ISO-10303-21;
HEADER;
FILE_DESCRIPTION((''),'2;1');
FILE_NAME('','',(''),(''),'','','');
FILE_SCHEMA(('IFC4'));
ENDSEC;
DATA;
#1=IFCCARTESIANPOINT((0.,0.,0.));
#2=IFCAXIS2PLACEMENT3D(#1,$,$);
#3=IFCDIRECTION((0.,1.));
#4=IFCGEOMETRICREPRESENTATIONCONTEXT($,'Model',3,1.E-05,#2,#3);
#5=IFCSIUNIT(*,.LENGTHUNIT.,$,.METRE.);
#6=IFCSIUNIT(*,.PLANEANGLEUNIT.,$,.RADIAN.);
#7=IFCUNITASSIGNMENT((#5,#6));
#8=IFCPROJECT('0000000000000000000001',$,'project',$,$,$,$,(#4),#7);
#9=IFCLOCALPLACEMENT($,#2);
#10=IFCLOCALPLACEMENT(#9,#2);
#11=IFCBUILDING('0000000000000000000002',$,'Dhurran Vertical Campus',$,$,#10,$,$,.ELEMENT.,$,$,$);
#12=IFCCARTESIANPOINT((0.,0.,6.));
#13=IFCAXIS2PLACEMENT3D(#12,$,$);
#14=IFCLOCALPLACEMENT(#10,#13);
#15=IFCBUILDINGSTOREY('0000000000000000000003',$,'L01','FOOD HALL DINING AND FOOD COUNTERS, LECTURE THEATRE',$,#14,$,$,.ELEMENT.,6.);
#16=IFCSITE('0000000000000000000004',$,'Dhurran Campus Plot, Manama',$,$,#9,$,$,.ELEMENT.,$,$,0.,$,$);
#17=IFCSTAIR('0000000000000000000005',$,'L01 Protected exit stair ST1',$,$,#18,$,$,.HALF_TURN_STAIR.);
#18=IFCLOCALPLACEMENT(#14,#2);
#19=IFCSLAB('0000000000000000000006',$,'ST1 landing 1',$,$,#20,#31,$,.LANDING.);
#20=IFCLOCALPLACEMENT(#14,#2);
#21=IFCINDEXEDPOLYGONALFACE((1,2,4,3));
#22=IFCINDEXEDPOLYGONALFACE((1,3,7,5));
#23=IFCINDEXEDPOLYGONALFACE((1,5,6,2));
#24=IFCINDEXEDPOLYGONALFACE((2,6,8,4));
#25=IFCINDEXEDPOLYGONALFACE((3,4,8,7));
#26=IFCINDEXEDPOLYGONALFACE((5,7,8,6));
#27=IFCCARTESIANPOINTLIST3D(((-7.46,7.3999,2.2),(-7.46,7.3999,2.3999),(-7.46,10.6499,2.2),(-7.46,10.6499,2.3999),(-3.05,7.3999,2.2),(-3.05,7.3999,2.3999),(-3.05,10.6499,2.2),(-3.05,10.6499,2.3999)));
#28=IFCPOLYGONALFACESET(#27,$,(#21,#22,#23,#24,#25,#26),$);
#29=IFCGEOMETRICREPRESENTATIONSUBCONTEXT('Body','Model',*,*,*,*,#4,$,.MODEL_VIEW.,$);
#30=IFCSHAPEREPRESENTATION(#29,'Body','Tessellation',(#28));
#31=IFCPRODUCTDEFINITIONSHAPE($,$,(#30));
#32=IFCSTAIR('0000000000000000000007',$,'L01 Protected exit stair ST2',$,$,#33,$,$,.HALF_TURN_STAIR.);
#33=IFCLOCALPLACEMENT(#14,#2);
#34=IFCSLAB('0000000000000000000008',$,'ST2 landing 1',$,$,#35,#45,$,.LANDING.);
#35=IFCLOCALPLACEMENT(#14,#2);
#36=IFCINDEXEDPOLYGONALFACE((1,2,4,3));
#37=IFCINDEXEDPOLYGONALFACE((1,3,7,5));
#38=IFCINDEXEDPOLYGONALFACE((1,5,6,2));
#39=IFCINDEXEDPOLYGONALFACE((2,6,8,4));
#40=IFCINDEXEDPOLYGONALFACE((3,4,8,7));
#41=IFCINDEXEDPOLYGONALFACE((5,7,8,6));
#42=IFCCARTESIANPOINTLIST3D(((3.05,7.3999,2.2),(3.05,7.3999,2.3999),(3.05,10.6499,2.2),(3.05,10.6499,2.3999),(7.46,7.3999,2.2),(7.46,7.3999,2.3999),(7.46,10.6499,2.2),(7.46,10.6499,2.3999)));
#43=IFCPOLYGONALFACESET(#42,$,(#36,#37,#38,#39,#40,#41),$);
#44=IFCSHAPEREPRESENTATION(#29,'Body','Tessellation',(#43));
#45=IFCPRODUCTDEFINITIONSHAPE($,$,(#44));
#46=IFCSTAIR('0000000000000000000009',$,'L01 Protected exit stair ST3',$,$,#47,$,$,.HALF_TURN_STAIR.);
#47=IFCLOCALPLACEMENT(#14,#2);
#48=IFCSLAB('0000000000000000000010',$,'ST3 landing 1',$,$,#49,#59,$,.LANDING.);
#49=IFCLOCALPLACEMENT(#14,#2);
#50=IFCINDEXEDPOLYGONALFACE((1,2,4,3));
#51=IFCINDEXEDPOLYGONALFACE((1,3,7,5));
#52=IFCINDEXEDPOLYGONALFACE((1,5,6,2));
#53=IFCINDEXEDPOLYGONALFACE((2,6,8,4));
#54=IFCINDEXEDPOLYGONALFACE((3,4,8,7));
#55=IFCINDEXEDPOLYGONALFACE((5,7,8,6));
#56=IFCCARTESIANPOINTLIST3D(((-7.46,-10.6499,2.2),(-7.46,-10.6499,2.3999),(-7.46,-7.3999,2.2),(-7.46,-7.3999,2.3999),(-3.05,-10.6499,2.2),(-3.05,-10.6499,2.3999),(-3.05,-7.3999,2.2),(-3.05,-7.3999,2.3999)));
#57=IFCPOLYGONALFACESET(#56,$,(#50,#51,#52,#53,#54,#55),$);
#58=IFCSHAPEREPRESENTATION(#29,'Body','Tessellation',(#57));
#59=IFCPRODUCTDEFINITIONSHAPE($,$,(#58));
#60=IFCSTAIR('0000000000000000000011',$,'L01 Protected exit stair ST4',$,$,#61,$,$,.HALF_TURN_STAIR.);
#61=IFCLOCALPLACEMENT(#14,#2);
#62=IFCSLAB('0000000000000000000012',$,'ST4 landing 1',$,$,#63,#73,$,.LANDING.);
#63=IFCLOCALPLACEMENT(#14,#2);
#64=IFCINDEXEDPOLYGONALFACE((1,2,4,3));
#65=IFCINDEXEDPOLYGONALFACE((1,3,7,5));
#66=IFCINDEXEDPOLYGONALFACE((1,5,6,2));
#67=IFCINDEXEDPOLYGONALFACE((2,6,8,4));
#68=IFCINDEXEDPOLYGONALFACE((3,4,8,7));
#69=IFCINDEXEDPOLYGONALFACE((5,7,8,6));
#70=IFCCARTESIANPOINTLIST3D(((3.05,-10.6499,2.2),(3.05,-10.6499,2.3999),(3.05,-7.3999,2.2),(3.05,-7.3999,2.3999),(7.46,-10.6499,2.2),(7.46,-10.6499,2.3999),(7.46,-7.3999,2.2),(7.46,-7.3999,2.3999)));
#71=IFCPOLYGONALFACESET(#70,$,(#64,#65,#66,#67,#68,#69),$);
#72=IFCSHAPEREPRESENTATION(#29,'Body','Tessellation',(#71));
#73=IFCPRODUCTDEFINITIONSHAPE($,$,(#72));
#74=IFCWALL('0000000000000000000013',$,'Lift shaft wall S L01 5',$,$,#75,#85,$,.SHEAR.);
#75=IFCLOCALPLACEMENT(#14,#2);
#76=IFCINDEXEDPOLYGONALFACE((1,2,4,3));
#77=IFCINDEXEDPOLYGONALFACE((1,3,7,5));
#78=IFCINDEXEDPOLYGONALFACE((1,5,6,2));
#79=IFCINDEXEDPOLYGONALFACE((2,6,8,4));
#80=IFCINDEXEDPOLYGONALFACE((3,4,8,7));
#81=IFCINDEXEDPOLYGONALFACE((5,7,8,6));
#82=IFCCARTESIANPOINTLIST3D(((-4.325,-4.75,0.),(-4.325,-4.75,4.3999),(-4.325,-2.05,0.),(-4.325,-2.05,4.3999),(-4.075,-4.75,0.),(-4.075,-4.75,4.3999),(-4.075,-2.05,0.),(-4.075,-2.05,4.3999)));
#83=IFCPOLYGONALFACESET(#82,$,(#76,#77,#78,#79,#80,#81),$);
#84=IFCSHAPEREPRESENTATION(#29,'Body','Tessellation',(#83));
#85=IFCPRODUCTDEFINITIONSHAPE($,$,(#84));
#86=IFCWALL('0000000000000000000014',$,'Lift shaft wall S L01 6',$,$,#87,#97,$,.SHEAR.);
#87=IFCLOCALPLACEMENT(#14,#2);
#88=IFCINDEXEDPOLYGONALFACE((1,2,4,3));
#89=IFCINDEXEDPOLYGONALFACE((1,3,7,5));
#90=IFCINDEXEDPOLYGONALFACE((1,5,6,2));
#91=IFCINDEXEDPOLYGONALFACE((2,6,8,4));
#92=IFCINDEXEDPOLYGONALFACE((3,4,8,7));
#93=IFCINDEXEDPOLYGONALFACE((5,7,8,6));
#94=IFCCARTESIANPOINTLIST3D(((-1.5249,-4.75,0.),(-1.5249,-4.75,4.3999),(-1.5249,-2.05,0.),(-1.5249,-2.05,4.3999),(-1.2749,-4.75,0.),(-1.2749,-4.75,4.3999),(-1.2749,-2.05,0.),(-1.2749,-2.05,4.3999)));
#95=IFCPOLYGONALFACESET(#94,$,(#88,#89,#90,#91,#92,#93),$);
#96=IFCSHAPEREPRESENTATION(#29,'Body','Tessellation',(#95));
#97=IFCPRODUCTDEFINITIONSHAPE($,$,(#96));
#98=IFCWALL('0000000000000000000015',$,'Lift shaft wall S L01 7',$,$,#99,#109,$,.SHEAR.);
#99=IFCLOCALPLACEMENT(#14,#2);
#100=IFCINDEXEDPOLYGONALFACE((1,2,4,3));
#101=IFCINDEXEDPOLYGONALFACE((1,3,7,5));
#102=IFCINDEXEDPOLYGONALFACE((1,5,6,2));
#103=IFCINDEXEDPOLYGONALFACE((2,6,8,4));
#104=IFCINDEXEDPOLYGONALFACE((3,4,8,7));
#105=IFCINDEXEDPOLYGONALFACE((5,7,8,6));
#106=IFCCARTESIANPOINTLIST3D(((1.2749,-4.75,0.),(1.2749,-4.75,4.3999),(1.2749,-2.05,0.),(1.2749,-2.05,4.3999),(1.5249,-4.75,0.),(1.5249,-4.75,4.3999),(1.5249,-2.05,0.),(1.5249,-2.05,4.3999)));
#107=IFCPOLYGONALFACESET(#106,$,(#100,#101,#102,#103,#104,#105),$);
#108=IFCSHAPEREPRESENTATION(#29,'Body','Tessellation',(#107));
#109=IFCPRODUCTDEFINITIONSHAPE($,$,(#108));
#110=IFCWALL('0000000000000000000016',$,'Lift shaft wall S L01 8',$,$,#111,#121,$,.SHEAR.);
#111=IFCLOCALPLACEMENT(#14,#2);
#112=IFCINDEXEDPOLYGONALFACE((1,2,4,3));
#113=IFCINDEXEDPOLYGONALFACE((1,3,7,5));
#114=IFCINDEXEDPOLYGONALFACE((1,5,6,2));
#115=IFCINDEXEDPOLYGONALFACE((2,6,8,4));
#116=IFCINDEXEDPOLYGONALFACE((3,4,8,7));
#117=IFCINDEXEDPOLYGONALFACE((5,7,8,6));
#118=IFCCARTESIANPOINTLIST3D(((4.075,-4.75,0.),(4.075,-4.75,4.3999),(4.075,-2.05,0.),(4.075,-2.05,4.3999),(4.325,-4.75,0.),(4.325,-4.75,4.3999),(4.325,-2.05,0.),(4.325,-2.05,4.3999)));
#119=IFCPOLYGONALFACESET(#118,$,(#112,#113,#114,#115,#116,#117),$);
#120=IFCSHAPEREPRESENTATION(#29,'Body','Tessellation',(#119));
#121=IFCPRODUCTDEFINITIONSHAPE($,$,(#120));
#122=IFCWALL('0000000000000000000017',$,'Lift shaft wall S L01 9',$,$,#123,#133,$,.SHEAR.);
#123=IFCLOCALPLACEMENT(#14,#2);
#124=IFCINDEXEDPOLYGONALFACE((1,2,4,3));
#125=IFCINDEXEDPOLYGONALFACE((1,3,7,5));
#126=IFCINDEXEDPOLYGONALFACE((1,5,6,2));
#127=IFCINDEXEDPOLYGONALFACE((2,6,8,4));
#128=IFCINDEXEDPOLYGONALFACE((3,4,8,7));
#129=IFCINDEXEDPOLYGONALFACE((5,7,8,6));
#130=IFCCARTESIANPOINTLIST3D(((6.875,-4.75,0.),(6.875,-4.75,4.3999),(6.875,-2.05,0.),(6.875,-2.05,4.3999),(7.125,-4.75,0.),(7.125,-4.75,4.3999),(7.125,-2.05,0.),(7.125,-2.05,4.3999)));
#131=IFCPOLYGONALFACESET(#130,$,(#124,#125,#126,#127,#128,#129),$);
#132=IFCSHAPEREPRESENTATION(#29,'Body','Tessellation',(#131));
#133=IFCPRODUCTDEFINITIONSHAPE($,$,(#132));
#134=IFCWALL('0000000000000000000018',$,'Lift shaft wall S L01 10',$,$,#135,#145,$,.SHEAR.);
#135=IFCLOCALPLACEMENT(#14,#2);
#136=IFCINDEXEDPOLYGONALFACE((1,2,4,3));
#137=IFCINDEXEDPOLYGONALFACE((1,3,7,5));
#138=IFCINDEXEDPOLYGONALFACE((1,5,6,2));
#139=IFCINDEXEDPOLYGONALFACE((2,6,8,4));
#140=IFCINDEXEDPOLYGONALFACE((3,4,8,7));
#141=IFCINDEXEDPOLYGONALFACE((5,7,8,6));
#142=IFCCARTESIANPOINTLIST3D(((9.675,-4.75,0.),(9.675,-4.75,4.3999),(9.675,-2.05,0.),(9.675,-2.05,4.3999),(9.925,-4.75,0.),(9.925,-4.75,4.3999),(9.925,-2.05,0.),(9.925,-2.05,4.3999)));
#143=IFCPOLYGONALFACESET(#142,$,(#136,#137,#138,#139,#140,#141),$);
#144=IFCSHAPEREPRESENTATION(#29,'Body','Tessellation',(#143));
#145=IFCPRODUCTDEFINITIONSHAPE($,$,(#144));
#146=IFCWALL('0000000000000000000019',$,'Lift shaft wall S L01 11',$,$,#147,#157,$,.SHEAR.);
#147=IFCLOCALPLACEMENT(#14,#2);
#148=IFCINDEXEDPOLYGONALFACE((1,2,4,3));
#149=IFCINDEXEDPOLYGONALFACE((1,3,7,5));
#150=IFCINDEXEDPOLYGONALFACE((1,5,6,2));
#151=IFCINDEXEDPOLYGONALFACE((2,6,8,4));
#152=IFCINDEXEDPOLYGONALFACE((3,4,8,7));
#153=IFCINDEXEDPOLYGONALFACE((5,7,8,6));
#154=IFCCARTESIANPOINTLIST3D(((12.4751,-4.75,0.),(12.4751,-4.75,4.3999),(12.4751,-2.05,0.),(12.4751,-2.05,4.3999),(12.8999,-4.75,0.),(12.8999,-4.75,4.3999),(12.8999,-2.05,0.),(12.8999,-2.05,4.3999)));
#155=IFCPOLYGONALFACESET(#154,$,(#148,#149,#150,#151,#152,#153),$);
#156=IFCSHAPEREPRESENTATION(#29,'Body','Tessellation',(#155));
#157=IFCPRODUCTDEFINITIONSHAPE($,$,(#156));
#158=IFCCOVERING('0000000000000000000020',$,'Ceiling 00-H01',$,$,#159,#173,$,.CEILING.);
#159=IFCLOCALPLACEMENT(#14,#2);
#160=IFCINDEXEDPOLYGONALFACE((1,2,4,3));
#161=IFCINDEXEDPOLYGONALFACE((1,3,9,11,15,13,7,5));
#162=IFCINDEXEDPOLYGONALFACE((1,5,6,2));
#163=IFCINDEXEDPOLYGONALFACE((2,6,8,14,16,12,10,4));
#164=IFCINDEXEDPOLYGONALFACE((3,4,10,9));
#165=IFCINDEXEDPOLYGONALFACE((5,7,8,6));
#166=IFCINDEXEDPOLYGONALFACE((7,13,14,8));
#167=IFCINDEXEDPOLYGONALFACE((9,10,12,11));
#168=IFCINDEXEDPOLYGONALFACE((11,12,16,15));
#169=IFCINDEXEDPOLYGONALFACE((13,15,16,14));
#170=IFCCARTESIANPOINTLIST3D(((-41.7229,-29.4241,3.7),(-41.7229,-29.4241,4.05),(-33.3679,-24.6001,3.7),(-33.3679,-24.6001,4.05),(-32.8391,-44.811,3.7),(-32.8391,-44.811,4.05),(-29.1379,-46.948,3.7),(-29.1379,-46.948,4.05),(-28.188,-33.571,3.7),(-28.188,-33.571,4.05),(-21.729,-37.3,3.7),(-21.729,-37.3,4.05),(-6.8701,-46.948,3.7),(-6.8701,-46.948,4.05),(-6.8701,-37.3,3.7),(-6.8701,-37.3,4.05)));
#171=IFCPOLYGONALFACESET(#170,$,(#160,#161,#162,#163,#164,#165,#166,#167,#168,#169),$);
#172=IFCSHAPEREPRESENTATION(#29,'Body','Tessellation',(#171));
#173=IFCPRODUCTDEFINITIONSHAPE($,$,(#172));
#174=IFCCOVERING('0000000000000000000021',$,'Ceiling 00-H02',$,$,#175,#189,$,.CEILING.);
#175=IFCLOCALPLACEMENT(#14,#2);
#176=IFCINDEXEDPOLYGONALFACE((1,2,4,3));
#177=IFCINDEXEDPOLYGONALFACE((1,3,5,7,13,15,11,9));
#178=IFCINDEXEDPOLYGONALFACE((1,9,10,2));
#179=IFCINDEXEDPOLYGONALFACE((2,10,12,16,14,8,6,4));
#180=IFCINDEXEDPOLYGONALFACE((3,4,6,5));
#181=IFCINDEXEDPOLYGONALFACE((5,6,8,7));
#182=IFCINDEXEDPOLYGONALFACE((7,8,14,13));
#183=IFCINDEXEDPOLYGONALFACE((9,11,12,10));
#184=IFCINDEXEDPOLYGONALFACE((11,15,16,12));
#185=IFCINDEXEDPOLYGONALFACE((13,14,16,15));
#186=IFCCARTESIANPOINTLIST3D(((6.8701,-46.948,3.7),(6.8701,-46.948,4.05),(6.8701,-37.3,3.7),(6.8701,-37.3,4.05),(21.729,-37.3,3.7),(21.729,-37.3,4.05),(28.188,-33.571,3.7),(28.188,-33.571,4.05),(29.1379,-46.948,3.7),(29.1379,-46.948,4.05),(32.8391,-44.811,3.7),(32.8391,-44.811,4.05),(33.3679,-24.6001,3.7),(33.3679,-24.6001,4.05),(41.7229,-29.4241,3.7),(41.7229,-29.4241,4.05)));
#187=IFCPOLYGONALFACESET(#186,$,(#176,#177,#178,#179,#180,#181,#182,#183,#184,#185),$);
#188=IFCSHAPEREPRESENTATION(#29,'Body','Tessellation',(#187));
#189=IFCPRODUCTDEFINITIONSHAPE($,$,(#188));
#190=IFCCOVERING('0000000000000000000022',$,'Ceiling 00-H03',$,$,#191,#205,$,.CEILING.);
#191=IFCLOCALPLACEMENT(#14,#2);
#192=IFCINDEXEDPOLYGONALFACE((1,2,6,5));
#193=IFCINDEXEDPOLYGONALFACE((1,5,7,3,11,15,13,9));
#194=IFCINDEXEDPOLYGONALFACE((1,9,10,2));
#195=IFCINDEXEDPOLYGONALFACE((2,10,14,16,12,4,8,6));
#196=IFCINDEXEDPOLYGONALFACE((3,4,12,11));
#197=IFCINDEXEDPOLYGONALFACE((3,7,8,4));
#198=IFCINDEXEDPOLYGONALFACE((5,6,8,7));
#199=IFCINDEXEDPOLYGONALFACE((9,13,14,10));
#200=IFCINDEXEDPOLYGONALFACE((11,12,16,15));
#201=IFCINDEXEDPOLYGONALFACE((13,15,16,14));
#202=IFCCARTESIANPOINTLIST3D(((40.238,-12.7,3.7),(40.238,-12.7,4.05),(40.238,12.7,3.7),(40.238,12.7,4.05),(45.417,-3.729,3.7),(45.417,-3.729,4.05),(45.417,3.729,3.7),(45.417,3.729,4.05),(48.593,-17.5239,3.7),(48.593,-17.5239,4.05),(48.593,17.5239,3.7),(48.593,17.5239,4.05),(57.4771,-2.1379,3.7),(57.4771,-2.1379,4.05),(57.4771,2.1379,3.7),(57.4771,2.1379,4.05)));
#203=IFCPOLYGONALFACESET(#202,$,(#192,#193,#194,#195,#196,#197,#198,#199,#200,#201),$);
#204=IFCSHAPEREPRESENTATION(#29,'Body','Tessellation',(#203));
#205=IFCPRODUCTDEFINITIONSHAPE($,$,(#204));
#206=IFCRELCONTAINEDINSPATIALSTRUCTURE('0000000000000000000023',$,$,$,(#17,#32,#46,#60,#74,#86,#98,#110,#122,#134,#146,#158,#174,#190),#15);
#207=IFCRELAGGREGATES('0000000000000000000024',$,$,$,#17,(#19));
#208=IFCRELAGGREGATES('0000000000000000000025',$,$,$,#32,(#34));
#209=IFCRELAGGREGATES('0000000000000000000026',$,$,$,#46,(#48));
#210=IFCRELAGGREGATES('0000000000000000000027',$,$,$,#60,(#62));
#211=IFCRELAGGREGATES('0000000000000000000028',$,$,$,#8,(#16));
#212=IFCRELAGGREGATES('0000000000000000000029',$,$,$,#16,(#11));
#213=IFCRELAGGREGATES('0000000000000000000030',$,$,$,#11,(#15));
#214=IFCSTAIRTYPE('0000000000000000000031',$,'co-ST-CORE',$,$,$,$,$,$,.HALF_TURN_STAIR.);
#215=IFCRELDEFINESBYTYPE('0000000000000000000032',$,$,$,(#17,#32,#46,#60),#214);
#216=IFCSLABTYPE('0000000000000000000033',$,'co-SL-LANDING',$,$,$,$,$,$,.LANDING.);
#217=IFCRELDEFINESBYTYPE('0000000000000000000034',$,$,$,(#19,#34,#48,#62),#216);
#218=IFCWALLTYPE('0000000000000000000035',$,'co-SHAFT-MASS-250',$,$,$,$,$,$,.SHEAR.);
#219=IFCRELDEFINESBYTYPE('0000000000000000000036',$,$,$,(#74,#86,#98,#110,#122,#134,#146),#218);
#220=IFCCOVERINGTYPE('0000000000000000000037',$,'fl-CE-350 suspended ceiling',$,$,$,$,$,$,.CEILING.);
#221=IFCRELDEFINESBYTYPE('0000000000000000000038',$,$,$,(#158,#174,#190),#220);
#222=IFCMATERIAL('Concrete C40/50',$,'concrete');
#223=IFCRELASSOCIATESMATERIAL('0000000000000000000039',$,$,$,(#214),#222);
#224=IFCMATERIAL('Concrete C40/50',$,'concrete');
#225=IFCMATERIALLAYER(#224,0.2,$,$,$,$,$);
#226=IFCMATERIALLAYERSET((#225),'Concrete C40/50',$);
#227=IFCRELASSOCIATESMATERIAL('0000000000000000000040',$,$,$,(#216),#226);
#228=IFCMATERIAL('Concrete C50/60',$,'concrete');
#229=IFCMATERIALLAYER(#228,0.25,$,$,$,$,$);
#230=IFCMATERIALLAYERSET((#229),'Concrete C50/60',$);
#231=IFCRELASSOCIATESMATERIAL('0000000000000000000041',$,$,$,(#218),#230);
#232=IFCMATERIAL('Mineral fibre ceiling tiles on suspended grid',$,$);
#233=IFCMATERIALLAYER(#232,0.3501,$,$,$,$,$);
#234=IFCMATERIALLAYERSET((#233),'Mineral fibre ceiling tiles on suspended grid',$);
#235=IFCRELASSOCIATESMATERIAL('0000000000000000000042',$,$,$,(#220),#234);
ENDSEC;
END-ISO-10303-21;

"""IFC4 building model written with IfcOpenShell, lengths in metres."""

from ifc_helpers import new_model, si_unit, direction, frame, origin, place, context, subcontext, project, spatial, polyline, outline, extrude, material, layer, layer_set, type_object, element, aggregate, save


model = new_model("IFC4")

# Units and contexts
model_context = context("Model", 3, precision=1e-05, world=origin(), true_north=direction((0.0, 1.0)))
body_context = subcontext(model_context, "Body", "Model", "MODEL_VIEW")
ifc_project = project(units=[si_unit("LENGTHUNIT", "METRE"), si_unit("PLANEANGLEUNIT", "RADIAN")], contexts=[model_context])

# Site, building, storey
site_placement = place(None, origin())
site = spatial("IfcSite", under=ifc_project, at=site_placement, Name="Dhurran Campus Plot, Manama", CompositionType="ELEMENT", RefElevation=0.0)
building_placement = place(site_placement, origin())
building = spatial("IfcBuilding", under=site, at=building_placement, Name="Dhurran Vertical Campus", CompositionType="ELEMENT")
storey_placement = place(building_placement, frame((0.0, 0.0, 6.0)))
storey = spatial("IfcBuildingStorey", under=building, at=storey_placement, Name="L01", Description="FOOD HALL DINING AND FOOD COUNTERS, LECTURE THEATRE", CompositionType="ELEMENT", Elevation=6.0)

# Stairs, slabs
ifc_material_1 = material(Name="Concrete C40/50", Category="concrete")
stair_type = type_object("IfcStairType", Name="co-ST-CORE", PredefinedType="HALF_TURN_STAIR", material=ifc_material_1)
stair_1_placement = place(storey_placement, origin())
stair_1 = element("IfcStair", 1, at=stair_1_placement, inside=storey, type_object=stair_type, Name="L01 Protected exit stair ST1", PredefinedType="HALF_TURN_STAIR")
ifc_material_2 = material(Name="Concrete C40/50", Category="concrete")
ifc_layer_1 = layer(ifc_material_2, 0.2)
ifc_layer_set_1 = layer_set([ifc_layer_1], Name="Concrete C40/50")
slab_type = type_object("IfcSlabType", Name="co-SL-LANDING", PredefinedType="LANDING", material=ifc_layer_set_1)
slab_1_placement = place(storey_placement, frame((0.0, 0.0, 2.2)))
slab_1 = element("IfcSlab", 2, at=slab_1_placement, type_object=slab_type, Name="ST1 landing 1", PredefinedType="LANDING", context=body_context, shape_type="SweptSolid", body=[
    extrude(outline(polyline([(-7.46, 7.3999), (-3.05, 7.3999), (-3.05, 10.6499), (-7.46, 10.6499), (-7.46, 7.3999)])), origin(), (0.0, 0.0, 1.0), 0.2),
])
aggregate(stair_1, [slab_1])
stair_2_placement = place(storey_placement, origin())
stair_2 = element("IfcStair", 3, at=stair_2_placement, inside=storey, type_object=stair_type, Name="L01 Protected exit stair ST2", PredefinedType="HALF_TURN_STAIR")
slab_2_placement = place(storey_placement, frame((0.0, 0.0, 2.2)))
slab_2 = element("IfcSlab", 4, at=slab_2_placement, type_object=slab_type, Name="ST2 landing 1", PredefinedType="LANDING", context=body_context, shape_type="SweptSolid", body=[
    extrude(outline(polyline([(7.46, 10.6499), (3.05, 10.6499), (3.05, 7.3999), (7.46, 7.3999), (7.46, 10.6499)])), origin(), (0.0, 0.0, 1.0), 0.2),
])
aggregate(stair_2, [slab_2])
stair_3_placement = place(storey_placement, origin())
stair_3 = element("IfcStair", 5, at=stair_3_placement, inside=storey, type_object=stair_type, Name="L01 Protected exit stair ST3", PredefinedType="HALF_TURN_STAIR")
slab_3_placement = place(storey_placement, frame((0.0, 0.0, 2.2)))
slab_3 = element("IfcSlab", 6, at=slab_3_placement, type_object=slab_type, Name="ST3 landing 1", PredefinedType="LANDING", context=body_context, shape_type="SweptSolid", body=[
    extrude(outline(polyline([(-7.46, -10.6499), (-3.05, -10.6499), (-3.05, -7.3999), (-7.46, -7.3999), (-7.46, -10.6499)])), origin(), (0.0, 0.0, 1.0), 0.2),
])
aggregate(stair_3, [slab_3])
stair_4_placement = place(storey_placement, origin())
stair_4 = element("IfcStair", 7, at=stair_4_placement, inside=storey, type_object=stair_type, Name="L01 Protected exit stair ST4", PredefinedType="HALF_TURN_STAIR")
slab_4_placement = place(storey_placement, frame((0.0, 0.0, 2.2)))
slab_4 = element("IfcSlab", 8, at=slab_4_placement, type_object=slab_type, Name="ST4 landing 1", PredefinedType="LANDING", context=body_context, shape_type="SweptSolid", body=[
    extrude(outline(polyline([(7.46, -7.3999), (3.05, -7.3999), (3.05, -10.6499), (7.46, -10.6499), (7.46, -7.3999)])), origin(), (0.0, 0.0, 1.0), 0.2),
])
aggregate(stair_4, [slab_4])

# Walls
ifc_material_3 = material(Name="Concrete C50/60", Category="concrete")
ifc_layer_2 = layer(ifc_material_3, 0.25)
ifc_layer_set_2 = layer_set([ifc_layer_2], Name="Concrete C50/60")
wall_type = type_object("IfcWallType", Name="co-SHAFT-MASS-250", PredefinedType="SHEAR", material=ifc_layer_set_2)
wall_1_placement = place(storey_placement, origin())
element("IfcWall", 9, at=wall_1_placement, inside=storey, type_object=wall_type, Name="Lift shaft wall S L01 5", PredefinedType="SHEAR", context=body_context, shape_type="SweptSolid", body=[
    extrude(outline(polyline([(-4.325, -4.75), (-4.075, -4.75), (-4.075, -2.05), (-4.325, -2.05), (-4.325, -4.75)])), origin(), (0.0, 0.0, 1.0), 4.3999),
])
wall_2_placement = place(storey_placement, origin())
element("IfcWall", 10, at=wall_2_placement, inside=storey, type_object=wall_type, Name="Lift shaft wall S L01 6", PredefinedType="SHEAR", context=body_context, shape_type="SweptSolid", body=[
    extrude(outline(polyline([(-1.5249, -4.75), (-1.2749, -4.75), (-1.2749, -2.05), (-1.5249, -2.05), (-1.5249, -4.75)])), origin(), (0.0, 0.0, 1.0), 4.3999),
])
wall_3_placement = place(storey_placement, origin())
element("IfcWall", 11, at=wall_3_placement, inside=storey, type_object=wall_type, Name="Lift shaft wall S L01 7", PredefinedType="SHEAR", context=body_context, shape_type="SweptSolid", body=[
    extrude(outline(polyline([(1.2749, -4.75), (1.5249, -4.75), (1.5249, -2.05), (1.2749, -2.05), (1.2749, -4.75)])), origin(), (0.0, 0.0, 1.0), 4.3999),
])
wall_4_placement = place(storey_placement, origin())
element("IfcWall", 12, at=wall_4_placement, inside=storey, type_object=wall_type, Name="Lift shaft wall S L01 8", PredefinedType="SHEAR", context=body_context, shape_type="SweptSolid", body=[
    extrude(outline(polyline([(4.075, -4.75), (4.325, -4.75), (4.325, -2.05), (4.075, -2.05), (4.075, -4.75)])), origin(), (0.0, 0.0, 1.0), 4.3999),
])
wall_5_placement = place(storey_placement, origin())
element("IfcWall", 13, at=wall_5_placement, inside=storey, type_object=wall_type, Name="Lift shaft wall S L01 9", PredefinedType="SHEAR", context=body_context, shape_type="SweptSolid", body=[
    extrude(outline(polyline([(6.875, -4.75), (7.125, -4.75), (7.125, -2.05), (6.875, -2.05), (6.875, -4.75)])), origin(), (0.0, 0.0, 1.0), 4.3999),
])
wall_6_placement = place(storey_placement, origin())
element("IfcWall", 14, at=wall_6_placement, inside=storey, type_object=wall_type, Name="Lift shaft wall S L01 10", PredefinedType="SHEAR", context=body_context, shape_type="SweptSolid", body=[
    extrude(outline(polyline([(9.675, -4.75), (9.925, -4.75), (9.925, -2.05), (9.675, -2.05), (9.675, -4.75)])), origin(), (0.0, 0.0, 1.0), 4.3999),
])
wall_7_placement = place(storey_placement, origin())
element("IfcWall", 15, at=wall_7_placement, inside=storey, type_object=wall_type, Name="Lift shaft wall S L01 11", PredefinedType="SHEAR", context=body_context, shape_type="SweptSolid", body=[
    extrude(outline(polyline([(12.4751, -4.75), (12.8999, -4.75), (12.8999, -2.05), (12.4751, -2.05), (12.4751, -4.75)])), origin(), (0.0, 0.0, 1.0), 4.3999),
])

# Coverings
ifc_material_4 = material(Name="Mineral fibre ceiling tiles on suspended grid")
ifc_layer_3 = layer(ifc_material_4, 0.3501)
ifc_layer_set_3 = layer_set([ifc_layer_3], Name="Mineral fibre ceiling tiles on suspended grid")
covering_type = type_object("IfcCoveringType", Name="fl-CE-350 suspended ceiling", PredefinedType="CEILING", material=ifc_layer_set_3)
covering_1_placement = place(storey_placement, frame((0.0, 0.0, 3.7)))
element("IfcCovering", 16, at=covering_1_placement, inside=storey, type_object=covering_type, Name="Ceiling 00-H01", PredefinedType="CEILING", context=body_context, shape_type="SweptSolid", body=[
    extrude(outline(polyline([(-6.8701, -46.948), (-29.1379, -46.948), (-32.8391, -44.811), (-41.7229, -29.4241), (-33.3679, -24.6001), (-28.188, -33.571), (-21.729, -37.3), (-6.8701, -37.3), (-6.8701, -46.948)])), origin(), (0.0, 0.0, 1.0), 0.3501),
])
covering_2_placement = place(storey_placement, frame((0.0, 0.0, 3.7)))
element("IfcCovering", 17, at=covering_2_placement, inside=storey, type_object=covering_type, Name="Ceiling 00-H02", PredefinedType="CEILING", context=body_context, shape_type="SweptSolid", body=[
    extrude(outline(polyline([(41.7229, -29.4241), (32.8391, -44.811), (29.1379, -46.948), (6.8701, -46.948), (6.8701, -37.3), (21.729, -37.3), (28.188, -33.571), (33.3679, -24.6001), (41.7229, -29.4241)])), origin(), (0.0, 0.0, 1.0), 0.3501),
])
covering_3_placement = place(storey_placement, frame((0.0, 0.0, 3.7)))
element("IfcCovering", 18, at=covering_3_placement, inside=storey, type_object=covering_type, Name="Ceiling 00-H03", PredefinedType="CEILING", context=body_context, shape_type="SweptSolid", body=[
    extrude(outline(polyline([(48.593, 17.5239), (57.4771, 2.1379), (57.4771, -2.1379), (48.593, -17.5239), (40.238, -12.7), (45.417, -3.729), (45.417, 3.729), (40.238, 12.7), (48.593, 17.5239)])), origin(), (0.0, 0.0, 1.0), 0.3501),
])

save(model, "model.ifc")
